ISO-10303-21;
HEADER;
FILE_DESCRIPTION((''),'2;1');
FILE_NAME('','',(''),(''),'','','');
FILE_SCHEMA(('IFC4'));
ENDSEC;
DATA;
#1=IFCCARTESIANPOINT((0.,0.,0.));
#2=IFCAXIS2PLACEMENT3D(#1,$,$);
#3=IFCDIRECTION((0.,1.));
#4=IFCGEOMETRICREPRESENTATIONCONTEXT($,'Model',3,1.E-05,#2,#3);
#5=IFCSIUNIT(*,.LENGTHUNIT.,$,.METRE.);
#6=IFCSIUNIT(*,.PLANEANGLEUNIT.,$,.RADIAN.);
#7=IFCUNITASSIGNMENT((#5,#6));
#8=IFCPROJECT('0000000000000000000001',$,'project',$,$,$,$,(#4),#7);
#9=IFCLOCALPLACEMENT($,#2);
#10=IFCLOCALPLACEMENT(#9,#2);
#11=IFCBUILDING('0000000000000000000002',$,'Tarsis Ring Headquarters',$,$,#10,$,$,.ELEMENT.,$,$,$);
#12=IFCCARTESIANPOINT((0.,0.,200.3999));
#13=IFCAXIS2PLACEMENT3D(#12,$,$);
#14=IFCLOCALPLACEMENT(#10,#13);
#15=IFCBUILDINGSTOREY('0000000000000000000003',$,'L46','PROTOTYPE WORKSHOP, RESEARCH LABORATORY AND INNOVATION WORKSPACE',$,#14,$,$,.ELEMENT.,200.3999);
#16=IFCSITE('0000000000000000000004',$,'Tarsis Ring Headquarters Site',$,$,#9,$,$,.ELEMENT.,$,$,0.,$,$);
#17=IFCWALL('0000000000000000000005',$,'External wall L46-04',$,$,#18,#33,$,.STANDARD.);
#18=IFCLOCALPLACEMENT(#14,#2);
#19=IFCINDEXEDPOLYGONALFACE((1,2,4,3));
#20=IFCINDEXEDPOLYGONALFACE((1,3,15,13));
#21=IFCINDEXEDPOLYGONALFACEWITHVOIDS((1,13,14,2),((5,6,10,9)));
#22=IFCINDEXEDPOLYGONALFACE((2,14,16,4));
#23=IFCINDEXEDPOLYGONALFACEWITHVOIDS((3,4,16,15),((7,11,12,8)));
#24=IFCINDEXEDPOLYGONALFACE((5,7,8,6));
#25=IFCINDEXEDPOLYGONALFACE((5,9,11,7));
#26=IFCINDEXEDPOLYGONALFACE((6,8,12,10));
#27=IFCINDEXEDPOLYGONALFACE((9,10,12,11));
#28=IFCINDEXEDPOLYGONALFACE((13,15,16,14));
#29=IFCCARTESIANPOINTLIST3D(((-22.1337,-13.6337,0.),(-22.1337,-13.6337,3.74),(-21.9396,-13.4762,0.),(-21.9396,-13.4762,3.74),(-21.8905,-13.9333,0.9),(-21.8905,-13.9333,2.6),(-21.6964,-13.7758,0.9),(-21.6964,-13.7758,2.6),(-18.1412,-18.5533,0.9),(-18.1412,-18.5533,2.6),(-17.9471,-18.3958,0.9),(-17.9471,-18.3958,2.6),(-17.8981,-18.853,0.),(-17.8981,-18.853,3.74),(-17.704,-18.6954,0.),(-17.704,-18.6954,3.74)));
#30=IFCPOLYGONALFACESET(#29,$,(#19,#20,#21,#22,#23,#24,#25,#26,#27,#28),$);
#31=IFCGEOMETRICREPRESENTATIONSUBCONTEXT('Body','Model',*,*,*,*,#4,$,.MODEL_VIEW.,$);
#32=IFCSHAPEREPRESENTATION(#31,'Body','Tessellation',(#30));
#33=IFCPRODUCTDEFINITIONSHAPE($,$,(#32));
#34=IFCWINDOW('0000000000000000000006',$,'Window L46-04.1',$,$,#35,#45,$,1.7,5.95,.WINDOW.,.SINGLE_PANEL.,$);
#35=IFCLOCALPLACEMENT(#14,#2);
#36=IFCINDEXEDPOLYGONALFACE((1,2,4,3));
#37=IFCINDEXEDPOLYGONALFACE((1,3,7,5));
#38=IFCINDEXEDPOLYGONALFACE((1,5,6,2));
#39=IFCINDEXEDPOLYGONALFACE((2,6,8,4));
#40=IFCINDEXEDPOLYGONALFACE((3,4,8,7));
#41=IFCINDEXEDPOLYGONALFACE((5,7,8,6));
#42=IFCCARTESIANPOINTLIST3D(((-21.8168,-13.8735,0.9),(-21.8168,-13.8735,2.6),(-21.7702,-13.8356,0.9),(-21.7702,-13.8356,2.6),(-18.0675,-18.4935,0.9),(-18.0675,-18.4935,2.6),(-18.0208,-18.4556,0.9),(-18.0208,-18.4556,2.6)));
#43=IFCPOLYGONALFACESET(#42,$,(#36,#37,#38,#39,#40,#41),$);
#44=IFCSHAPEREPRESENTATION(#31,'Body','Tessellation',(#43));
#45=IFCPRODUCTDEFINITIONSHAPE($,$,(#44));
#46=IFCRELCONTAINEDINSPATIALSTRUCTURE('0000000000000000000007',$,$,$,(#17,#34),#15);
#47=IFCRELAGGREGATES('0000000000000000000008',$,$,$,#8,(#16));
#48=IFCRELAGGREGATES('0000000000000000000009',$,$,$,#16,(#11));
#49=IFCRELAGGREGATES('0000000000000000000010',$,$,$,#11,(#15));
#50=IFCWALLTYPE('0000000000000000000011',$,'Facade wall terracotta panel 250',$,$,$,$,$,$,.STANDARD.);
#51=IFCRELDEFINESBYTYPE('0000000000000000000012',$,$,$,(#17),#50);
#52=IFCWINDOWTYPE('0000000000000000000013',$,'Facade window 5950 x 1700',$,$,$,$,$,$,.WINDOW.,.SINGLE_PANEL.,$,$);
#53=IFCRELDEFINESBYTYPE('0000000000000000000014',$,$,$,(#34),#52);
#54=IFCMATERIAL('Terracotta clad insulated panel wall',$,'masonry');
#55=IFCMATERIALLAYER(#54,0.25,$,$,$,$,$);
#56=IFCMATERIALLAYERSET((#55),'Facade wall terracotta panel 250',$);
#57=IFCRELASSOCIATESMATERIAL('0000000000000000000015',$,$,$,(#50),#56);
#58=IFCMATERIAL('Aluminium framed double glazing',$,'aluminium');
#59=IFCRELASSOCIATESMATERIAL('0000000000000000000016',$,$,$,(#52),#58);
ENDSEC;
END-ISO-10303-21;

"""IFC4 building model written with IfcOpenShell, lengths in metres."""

from ifc_helpers import new_model, si_unit, direction, frame, frame_2d, origin, place, context, subcontext, project, spatial, rectangle, extrude, material, layer, layer_set, type_object, element, fill, save


model = new_model("IFC4")

# Units and contexts
model_context = context("Model", 3, precision=1e-05, world=origin(), true_north=direction((0.0, 1.0)))
body_context = subcontext(model_context, "Body", "Model", "MODEL_VIEW")
ifc_project = project(units=[si_unit("LENGTHUNIT", "METRE"), si_unit("PLANEANGLEUNIT", "RADIAN")], contexts=[model_context])

# Site, building, storey
site_placement = place(None, origin())
site = spatial("IfcSite", under=ifc_project, at=site_placement, Name="Tarsis Ring Headquarters Site", CompositionType="ELEMENT", RefElevation=0.0)
building_placement = place(site_placement, origin())
building = spatial("IfcBuilding", under=site, at=building_placement, Name="Tarsis Ring Headquarters", CompositionType="ELEMENT")
storey_placement = place(building_placement, frame((0.0, 0.0, 200.3999)))
storey = spatial("IfcBuildingStorey", under=building, at=storey_placement, Name="L46", Description="PROTOTYPE WORKSHOP, RESEARCH LABORATORY AND INNOVATION WORKSPACE", CompositionType="ELEMENT", Elevation=200.3999)

# Wall, opening, window
ifc_material_1 = material(Name="Terracotta clad insulated panel wall", Category="masonry")
ifc_layer_1 = layer(ifc_material_1, 0.25)
ifc_layer_set_1 = layer_set([ifc_layer_1], Name="Facade wall terracotta panel 250")
wall_type_1 = type_object("IfcWallType", Name="Facade wall terracotta panel 250", PredefinedType="STANDARD", material=ifc_layer_set_1)
wall_1_placement = place(storey_placement, frame((-22.0366, -13.5549, 0.0), z_axis=(0.0, 0.0, 1.0), x_axis=(0.630141, -0.776481, 0.0)))
wall_1 = element("IfcWall", 1, at=wall_1_placement, inside=storey, type_object=wall_type_1, Name="External wall L46-04", PredefinedType="STANDARD", context=body_context, shape_type="SweptSolid", body=[
    extrude(rectangle(XDim=6.7217, YDim=0.25, at=frame_2d((3.3608, 0.0))), origin(), (0.0, 0.0, 1.0), 3.74),
])
opening_1_placement = place(wall_1_placement, frame((0.3857, 0.0, 0.8999)))
opening_1 = element("IfcOpeningElement", 2, at=opening_1_placement, cuts=wall_1, PredefinedType="OPENING", context=body_context, shape_type="SweptSolid", body=[
    extrude(rectangle(XDim=5.95, YDim=1.7, at=frame_2d((2.9751, 0.8501))), frame((0.0, 0.135, 0.0), z_axis=(0.0, -1.0, 0.0), x_axis=(1.0, 0.0, 0.0)), (0.0, 0.0, 1.0), 0.27),
])
ifc_material_2 = material(Name="Aluminium framed double glazing", Category="aluminium")
window_type = type_object("IfcWindowType", Name="Facade window 5950 x 1700", PartitioningType="SINGLE_PANEL", PredefinedType="WINDOW", material=ifc_material_2)
window_placement = place(opening_1_placement, origin())
window = element("IfcWindow", 3, at=window_placement, inside=storey, type_object=window_type, Name="Window L46-04.1", OverallHeight=1.7, OverallWidth=5.95, PartitioningType="SINGLE_PANEL", PredefinedType="WINDOW", context=body_context, shape_type="SweptSolid", body=[
    extrude(rectangle(XDim=5.95, YDim=1.7, at=frame_2d((2.9751, 0.8501))), frame((0.0, 0.03, 0.0), z_axis=(0.0, -1.0, 0.0), x_axis=(1.0, 0.0, 0.0)), (0.0, 0.0, 1.0), 0.0601),
])
fill(opening_1, window)

save(model, "model.ifc")
